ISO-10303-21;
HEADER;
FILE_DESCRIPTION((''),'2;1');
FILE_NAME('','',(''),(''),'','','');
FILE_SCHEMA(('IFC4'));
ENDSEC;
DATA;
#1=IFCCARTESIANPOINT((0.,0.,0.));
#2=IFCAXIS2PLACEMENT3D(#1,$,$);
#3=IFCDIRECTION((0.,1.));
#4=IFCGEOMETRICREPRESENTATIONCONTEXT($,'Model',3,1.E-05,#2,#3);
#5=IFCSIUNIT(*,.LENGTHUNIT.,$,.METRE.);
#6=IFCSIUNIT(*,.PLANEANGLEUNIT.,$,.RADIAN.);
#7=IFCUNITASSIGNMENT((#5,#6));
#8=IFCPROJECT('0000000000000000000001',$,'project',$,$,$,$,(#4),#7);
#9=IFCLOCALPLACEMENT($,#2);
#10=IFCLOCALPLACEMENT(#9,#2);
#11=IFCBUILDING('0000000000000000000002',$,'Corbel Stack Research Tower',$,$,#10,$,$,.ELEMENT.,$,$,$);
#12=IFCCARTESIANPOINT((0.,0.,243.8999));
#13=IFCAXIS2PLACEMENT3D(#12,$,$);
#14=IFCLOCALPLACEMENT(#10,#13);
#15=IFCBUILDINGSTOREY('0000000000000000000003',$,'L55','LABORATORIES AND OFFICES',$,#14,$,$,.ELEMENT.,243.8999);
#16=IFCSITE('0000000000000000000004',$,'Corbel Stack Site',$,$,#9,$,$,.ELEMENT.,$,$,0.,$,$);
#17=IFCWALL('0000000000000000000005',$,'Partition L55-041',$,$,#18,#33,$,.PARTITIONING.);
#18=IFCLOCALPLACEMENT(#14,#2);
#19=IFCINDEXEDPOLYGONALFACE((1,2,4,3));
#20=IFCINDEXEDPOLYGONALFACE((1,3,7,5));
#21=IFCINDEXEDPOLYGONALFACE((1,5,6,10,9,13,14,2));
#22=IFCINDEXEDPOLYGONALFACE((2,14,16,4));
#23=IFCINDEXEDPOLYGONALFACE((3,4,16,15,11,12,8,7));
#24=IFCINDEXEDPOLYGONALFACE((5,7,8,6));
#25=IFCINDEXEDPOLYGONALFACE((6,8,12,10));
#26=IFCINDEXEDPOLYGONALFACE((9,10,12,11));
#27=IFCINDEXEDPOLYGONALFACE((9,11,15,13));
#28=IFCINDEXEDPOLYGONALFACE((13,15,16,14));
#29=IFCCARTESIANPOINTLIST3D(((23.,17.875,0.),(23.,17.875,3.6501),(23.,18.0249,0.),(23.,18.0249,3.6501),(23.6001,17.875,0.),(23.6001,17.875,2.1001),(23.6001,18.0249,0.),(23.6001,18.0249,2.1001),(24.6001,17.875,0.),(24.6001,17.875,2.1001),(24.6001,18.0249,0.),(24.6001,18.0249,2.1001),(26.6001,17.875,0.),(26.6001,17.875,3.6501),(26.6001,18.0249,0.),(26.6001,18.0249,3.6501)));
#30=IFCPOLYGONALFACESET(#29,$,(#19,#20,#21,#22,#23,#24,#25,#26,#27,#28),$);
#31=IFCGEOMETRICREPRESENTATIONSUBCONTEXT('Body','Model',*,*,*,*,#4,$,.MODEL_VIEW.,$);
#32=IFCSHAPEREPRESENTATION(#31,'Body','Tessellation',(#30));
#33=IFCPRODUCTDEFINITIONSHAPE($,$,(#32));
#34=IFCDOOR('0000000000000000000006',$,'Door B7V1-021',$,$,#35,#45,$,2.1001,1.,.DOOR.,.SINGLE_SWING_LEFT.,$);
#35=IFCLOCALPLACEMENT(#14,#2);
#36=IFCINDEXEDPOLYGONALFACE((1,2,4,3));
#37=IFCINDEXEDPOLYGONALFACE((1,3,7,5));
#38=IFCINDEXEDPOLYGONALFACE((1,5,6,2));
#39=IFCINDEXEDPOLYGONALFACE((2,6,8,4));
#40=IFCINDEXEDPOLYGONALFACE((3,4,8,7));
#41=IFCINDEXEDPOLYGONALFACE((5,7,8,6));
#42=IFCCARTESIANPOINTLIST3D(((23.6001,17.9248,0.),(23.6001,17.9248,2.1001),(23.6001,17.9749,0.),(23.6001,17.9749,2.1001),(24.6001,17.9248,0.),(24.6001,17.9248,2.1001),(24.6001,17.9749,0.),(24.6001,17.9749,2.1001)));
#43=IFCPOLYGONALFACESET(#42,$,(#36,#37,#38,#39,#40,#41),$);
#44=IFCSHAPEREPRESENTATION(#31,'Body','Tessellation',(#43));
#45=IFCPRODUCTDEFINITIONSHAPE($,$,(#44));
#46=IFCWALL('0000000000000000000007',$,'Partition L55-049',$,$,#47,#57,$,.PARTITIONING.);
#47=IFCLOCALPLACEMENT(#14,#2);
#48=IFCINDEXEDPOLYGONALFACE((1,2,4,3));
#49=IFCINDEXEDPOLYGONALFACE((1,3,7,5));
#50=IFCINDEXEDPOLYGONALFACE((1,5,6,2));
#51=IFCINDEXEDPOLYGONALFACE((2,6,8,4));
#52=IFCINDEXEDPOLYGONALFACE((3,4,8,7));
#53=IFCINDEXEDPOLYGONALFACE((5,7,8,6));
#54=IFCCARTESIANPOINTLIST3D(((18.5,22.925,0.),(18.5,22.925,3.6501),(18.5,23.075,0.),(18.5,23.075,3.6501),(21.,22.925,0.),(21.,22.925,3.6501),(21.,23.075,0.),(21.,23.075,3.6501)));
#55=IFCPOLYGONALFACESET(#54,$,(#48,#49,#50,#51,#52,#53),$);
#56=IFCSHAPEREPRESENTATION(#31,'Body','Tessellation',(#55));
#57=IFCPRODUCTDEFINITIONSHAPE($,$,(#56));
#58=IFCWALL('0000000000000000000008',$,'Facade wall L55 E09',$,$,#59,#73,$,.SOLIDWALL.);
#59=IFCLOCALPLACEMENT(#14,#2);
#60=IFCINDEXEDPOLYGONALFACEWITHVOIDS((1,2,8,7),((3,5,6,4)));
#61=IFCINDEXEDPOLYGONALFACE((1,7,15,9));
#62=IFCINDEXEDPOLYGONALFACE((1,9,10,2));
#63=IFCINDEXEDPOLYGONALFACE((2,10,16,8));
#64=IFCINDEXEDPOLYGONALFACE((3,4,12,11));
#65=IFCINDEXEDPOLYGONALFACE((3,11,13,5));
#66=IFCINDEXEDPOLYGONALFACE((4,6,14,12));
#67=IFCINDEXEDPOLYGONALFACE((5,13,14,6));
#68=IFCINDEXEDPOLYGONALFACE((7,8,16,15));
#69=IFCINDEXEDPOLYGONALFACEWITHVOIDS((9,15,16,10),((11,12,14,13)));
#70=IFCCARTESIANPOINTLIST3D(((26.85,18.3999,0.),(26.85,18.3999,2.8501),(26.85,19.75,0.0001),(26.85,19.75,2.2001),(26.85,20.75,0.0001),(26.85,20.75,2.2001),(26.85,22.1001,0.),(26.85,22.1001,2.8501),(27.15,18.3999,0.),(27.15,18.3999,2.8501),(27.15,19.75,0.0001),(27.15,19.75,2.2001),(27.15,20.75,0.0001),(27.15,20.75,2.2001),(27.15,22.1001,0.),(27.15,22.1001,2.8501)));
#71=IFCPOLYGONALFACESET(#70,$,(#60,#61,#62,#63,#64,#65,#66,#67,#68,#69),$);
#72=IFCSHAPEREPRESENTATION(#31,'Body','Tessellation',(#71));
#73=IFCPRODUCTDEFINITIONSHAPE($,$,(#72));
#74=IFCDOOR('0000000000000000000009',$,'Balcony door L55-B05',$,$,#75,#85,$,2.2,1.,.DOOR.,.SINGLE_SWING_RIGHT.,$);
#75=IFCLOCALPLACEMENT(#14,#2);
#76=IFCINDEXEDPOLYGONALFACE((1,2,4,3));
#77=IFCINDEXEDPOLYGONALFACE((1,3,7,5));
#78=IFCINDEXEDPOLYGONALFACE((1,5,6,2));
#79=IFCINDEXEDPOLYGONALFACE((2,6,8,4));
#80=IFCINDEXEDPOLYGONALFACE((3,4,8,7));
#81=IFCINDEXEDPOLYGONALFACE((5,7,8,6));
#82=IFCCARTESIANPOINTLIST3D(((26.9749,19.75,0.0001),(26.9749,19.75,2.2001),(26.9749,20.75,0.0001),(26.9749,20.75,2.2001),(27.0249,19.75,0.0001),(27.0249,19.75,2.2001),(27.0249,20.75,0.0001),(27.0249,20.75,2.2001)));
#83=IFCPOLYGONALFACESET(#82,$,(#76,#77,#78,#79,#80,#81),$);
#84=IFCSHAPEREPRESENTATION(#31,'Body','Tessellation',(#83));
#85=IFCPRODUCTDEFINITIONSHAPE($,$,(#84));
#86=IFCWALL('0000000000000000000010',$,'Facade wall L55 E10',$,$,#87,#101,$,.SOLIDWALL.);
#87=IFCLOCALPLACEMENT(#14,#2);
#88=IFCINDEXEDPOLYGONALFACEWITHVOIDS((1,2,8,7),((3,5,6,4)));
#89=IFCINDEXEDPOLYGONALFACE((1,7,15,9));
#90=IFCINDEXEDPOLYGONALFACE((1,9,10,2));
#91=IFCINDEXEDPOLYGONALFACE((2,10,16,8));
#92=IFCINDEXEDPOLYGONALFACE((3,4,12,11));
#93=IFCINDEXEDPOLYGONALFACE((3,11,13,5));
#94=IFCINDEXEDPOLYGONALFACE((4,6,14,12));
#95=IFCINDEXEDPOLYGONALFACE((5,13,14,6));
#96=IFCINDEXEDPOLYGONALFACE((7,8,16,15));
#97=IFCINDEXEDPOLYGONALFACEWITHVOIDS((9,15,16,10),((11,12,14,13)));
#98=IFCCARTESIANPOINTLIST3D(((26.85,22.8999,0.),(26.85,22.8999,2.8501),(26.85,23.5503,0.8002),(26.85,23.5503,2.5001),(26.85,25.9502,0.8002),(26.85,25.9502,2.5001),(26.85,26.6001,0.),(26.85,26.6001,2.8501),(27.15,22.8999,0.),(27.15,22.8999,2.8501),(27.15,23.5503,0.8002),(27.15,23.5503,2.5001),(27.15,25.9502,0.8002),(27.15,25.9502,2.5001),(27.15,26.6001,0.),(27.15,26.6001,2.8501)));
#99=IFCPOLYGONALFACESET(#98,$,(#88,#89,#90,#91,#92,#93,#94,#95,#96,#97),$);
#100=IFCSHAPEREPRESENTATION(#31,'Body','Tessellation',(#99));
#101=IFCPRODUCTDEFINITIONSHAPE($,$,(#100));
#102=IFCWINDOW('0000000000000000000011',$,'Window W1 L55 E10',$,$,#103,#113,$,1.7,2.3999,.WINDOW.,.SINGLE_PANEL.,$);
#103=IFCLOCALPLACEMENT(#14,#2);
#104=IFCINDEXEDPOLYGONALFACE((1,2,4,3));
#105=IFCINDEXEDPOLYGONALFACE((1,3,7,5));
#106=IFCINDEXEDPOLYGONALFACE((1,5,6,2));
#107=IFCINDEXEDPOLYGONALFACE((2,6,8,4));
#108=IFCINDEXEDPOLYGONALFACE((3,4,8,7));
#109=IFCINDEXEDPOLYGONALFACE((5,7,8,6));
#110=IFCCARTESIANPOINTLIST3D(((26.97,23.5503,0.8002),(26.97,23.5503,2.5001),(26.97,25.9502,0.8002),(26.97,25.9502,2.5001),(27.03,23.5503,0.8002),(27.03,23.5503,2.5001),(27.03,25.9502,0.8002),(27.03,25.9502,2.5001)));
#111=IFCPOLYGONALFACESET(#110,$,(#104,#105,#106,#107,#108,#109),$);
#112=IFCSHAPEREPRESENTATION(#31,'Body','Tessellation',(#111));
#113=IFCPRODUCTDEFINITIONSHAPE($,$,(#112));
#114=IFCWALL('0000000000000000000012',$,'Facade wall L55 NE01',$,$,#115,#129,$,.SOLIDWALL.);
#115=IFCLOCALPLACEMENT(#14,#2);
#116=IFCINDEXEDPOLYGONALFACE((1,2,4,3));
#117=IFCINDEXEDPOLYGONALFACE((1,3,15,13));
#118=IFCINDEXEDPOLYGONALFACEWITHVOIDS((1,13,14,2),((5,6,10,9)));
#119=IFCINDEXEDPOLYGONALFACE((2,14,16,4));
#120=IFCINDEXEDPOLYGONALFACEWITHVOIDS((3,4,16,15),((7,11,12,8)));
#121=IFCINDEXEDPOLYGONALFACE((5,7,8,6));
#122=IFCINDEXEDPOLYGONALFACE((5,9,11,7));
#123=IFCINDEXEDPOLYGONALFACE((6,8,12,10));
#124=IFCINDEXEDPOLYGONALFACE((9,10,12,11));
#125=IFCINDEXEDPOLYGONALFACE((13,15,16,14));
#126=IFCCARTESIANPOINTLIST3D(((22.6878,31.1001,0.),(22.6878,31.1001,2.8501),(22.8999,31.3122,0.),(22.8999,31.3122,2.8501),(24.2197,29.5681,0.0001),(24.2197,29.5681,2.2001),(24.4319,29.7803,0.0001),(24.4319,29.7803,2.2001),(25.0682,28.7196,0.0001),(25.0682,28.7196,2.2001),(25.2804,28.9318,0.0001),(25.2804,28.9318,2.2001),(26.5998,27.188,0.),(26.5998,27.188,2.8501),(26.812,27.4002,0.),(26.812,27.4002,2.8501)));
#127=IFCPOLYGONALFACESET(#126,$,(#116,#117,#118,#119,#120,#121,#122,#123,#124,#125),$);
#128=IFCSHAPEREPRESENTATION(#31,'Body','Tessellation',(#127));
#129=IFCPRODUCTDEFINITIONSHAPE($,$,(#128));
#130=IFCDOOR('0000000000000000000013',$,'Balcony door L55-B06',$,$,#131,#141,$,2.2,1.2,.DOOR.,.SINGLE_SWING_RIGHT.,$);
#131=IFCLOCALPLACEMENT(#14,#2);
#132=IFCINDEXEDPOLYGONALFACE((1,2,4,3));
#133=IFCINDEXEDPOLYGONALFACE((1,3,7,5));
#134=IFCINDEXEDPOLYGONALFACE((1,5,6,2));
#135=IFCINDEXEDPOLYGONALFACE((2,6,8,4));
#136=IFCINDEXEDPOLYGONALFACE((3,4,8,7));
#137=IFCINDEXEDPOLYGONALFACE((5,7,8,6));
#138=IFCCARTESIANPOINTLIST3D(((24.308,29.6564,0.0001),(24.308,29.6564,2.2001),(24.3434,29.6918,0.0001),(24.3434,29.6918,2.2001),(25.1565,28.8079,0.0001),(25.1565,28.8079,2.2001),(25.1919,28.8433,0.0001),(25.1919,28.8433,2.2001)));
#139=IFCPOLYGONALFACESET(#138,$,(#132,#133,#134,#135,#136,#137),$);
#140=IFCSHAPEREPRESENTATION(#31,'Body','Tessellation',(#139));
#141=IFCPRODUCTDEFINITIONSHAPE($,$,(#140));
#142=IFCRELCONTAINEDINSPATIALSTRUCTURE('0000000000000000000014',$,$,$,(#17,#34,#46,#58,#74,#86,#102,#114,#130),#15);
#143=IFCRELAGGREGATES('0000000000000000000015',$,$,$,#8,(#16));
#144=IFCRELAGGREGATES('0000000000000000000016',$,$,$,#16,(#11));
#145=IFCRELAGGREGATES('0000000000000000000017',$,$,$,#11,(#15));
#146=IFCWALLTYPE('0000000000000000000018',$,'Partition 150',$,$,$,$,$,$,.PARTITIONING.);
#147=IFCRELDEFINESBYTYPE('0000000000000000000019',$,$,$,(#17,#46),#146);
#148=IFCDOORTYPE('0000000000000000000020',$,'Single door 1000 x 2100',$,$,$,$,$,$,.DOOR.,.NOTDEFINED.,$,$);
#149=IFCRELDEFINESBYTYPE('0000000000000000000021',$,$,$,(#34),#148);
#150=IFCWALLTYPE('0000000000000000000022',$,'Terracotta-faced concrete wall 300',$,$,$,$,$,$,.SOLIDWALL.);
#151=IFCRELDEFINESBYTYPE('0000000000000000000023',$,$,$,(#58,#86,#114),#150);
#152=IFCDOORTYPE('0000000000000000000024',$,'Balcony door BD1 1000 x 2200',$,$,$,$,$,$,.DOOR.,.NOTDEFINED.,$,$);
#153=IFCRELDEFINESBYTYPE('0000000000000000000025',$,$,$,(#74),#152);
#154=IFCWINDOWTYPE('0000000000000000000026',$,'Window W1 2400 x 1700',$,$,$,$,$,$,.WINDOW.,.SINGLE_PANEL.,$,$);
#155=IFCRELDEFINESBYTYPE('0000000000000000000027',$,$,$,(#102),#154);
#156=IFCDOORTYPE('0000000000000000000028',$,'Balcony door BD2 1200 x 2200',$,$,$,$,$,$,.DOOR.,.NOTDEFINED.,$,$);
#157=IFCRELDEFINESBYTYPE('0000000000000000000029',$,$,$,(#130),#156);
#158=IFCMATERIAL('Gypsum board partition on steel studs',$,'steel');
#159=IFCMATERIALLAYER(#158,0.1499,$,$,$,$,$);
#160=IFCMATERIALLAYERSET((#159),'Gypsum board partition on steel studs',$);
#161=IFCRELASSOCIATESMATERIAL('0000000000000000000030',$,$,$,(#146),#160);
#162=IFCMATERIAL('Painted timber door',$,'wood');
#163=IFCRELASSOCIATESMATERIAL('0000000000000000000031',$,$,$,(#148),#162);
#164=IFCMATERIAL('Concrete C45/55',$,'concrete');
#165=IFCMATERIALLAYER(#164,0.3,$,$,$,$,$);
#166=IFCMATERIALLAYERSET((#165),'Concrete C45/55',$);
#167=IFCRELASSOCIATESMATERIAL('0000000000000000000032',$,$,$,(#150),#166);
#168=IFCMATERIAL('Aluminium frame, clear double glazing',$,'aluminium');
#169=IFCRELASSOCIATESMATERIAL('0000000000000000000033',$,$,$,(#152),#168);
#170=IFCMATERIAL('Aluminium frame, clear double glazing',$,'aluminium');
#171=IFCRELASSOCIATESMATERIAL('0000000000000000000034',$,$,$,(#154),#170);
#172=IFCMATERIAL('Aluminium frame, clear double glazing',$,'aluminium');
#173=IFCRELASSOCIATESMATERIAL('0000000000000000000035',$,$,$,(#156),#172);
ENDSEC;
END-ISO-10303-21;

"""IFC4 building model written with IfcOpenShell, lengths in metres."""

from ifc_helpers import new_model, si_unit, direction, frame, frame_2d, origin, place, context, subcontext, project, spatial, rectangle, extrude, material, layer, layer_set, type_object, element, fill, save


model = new_model("IFC4")

# Units and contexts
model_context = context("Model", 3, precision=1e-05, world=origin(), true_north=direction((0.0, 1.0)))
body_context = subcontext(model_context, "Body", "Model", "MODEL_VIEW")
ifc_project = project(units=[si_unit("LENGTHUNIT", "METRE"), si_unit("PLANEANGLEUNIT", "RADIAN")], contexts=[model_context])

# Site, building, storey
site_placement = place(None, origin())
site = spatial("IfcSite", under=ifc_project, at=site_placement, Name="Corbel Stack Site", CompositionType="ELEMENT", RefElevation=0.0)
building_placement = place(site_placement, origin())
building = spatial("IfcBuilding", under=site, at=building_placement, Name="Corbel Stack Research Tower", CompositionType="ELEMENT")
storey_placement = place(building_placement, frame((0.0, 0.0, 243.8999)))
storey = spatial("IfcBuildingStorey", under=building, at=storey_placement, Name="L55", Description="LABORATORIES AND OFFICES", CompositionType="ELEMENT", Elevation=243.8999)

# Wall, opening, door
ifc_material_1 = material(Name="Gypsum board partition on steel studs", Category="steel")
ifc_layer_1 = layer(ifc_material_1, 0.1499)
ifc_layer_set_1 = layer_set([ifc_layer_1], Name="Gypsum board partition on steel studs")
wall_type_1 = type_object("IfcWallType", Name="Partition 150", PredefinedType="PARTITIONING", material=ifc_layer_set_1)
wall_1_placement = place(storey_placement, frame((23.0, 17.95, 0.0), z_axis=(0.0, 0.0, 1.0), x_axis=(1.0, 0.0, 0.0)))
wall_1 = element("IfcWall", 1, at=wall_1_placement, inside=storey, type_object=wall_type_1, Name="Partition L55-041", PredefinedType="PARTITIONING", context=body_context, shape_type="SweptSolid", body=[
    extrude(rectangle(XDim=3.6001, YDim=0.1499, at=frame_2d((1.8, 0.0))), origin(), (0.0, 0.0, 1.0), 3.6501),
])
opening_1_placement = place(wall_1_placement, frame((0.6001, 0.0, 0.0)))
opening_1 = element("IfcOpeningElement", 2, at=opening_1_placement, cuts=wall_1, PredefinedType="OPENING", context=body_context, shape_type="SweptSolid", body=[
    extrude(rectangle(XDim=1.0, YDim=2.1001, at=frame_2d((0.5, 1.05))), frame((0.0, 0.085, 0.0), z_axis=(0.0, -1.0, 0.0), x_axis=(1.0, 0.0, 0.0)), (0.0, 0.0, 1.0), 0.1699),
])
ifc_material_2 = material(Name="Painted timber door", Category="wood")
door_type_1 = type_object("IfcDoorType", Name="Single door 1000 x 2100", OperationType="NOTDEFINED", PredefinedType="DOOR", material=ifc_material_2)
door_1_placement = place(opening_1_placement, origin())
door_1 = element("IfcDoor", 3, at=door_1_placement, inside=storey, type_object=door_type_1, Name="Door B7V1-021", OperationType="SINGLE_SWING_LEFT", OverallHeight=2.1001, OverallWidth=1.0, PredefinedType="DOOR", context=body_context, shape_type="SweptSolid", body=[
    extrude(rectangle(XDim=1.0, YDim=2.1001, at=frame_2d((0.5, 1.05))), frame((0.0, 0.0249, 0.0), z_axis=(0.0, -1.0, 0.0), x_axis=(1.0, 0.0, 0.0)), (0.0, 0.0, 1.0), 0.05),
])
fill(opening_1, door_1)

# Wall
wall_2_placement = place(storey_placement, frame((18.5, 23.0, 0.0), z_axis=(0.0, 0.0, 1.0), x_axis=(1.0, 0.0, 0.0)))
element("IfcWall", 4, at=wall_2_placement, inside=storey, type_object=wall_type_1, Name="Partition L55-049", PredefinedType="PARTITIONING", context=body_context, shape_type="SweptSolid", body=[
    extrude(rectangle(XDim=2.5, YDim=0.1499, at=frame_2d((1.25, 0.0))), origin(), (0.0, 0.0, 1.0), 3.6501),
])

# Wall, opening, door
ifc_material_3 = material(Name="Concrete C45/55", Category="concrete")
ifc_layer_2 = layer(ifc_material_3, 0.3)
ifc_layer_set_2 = layer_set([ifc_layer_2], Name="Concrete C45/55")
wall_type_2 = type_object("IfcWallType", Name="Terracotta-faced concrete wall 300", PredefinedType="SOLIDWALL", material=ifc_layer_set_2)
wall_3_placement = place(storey_placement, frame((27.0, 22.1001, 0.0), z_axis=(0.0, 0.0, 1.0), x_axis=(0.0, -1.0, 0.0)))
wall_3 = element("IfcWall", 5, at=wall_3_placement, inside=storey, type_object=wall_type_2, Name="Facade wall L55 E09", PredefinedType="SOLIDWALL", context=body_context, shape_type="SweptSolid", body=[
    extrude(rectangle(XDim=3.7002, YDim=0.3, at=frame_2d((1.8501, 0.0))), origin(), (0.0, 0.0, 1.0), 2.8501),
])
opening_2_placement = place(wall_3_placement, frame((1.3501, 0.0, 0.0)))
opening_2 = element("IfcOpeningElement", 6, at=opening_2_placement, cuts=wall_3, PredefinedType="OPENING", context=body_context, shape_type="SweptSolid", body=[
    extrude(rectangle(XDim=1.0, YDim=2.2, at=frame_2d((0.5, 1.1001))), frame((0.0, 0.1599, 0.0), z_axis=(0.0, -1.0, 0.0), x_axis=(1.0, 0.0, 0.0)), (0.0, 0.0, 1.0), 0.3201),
])
ifc_material_4 = material(Name="Aluminium frame, clear double glazing", Category="aluminium")
door_type_2 = type_object("IfcDoorType", Name="Balcony door BD1 1000 x 2200", OperationType="NOTDEFINED", PredefinedType="DOOR", material=ifc_material_4)
door_2_placement = place(opening_2_placement, origin())
door_2 = element("IfcDoor", 7, at=door_2_placement, inside=storey, type_object=door_type_2, Name="Balcony door L55-B05", OperationType="SINGLE_SWING_RIGHT", OverallHeight=2.2, OverallWidth=1.0, PredefinedType="DOOR", context=body_context, shape_type="SweptSolid", body=[
    extrude(rectangle(XDim=1.0, YDim=2.2, at=frame_2d((0.5, 1.1001))), frame((0.0, 0.0249, 0.0), z_axis=(0.0, -1.0, 0.0), x_axis=(1.0, 0.0, 0.0)), (0.0, 0.0, 1.0), 0.05),
])
fill(opening_2, door_2)

# Wall, opening, window
wall_4_placement = place(storey_placement, frame((27.0, 26.6001, 0.0), z_axis=(0.0, 0.0, 1.0), x_axis=(0.0, -1.0, 0.0)))
wall_4 = element("IfcWall", 8, at=wall_4_placement, inside=storey, type_object=wall_type_2, Name="Facade wall L55 E10", PredefinedType="SOLIDWALL", context=body_context, shape_type="SweptSolid", body=[
    extrude(rectangle(XDim=3.7002, YDim=0.3, at=frame_2d((1.8501, 0.0))), origin(), (0.0, 0.0, 1.0), 2.8501),
])
opening_3_placement = place(wall_4_placement, frame((0.6499, 0.0, 0.8)))
opening_3 = element("IfcOpeningElement", 9, at=opening_3_placement, cuts=wall_4, PredefinedType="OPENING", context=body_context, shape_type="SweptSolid", body=[
    extrude(rectangle(XDim=2.3999, YDim=1.7, at=frame_2d((1.2, 0.8501))), frame((0.0, 0.1599, 0.0), z_axis=(0.0, -1.0, 0.0), x_axis=(1.0, 0.0, 0.0)), (0.0, 0.0, 1.0), 0.3201),
])
ifc_material_5 = material(Name="Aluminium frame, clear double glazing", Category="aluminium")
window_type_1 = type_object("IfcWindowType", Name="Window W1 2400 x 1700", PartitioningType="SINGLE_PANEL", PredefinedType="WINDOW", material=ifc_material_5)
window_1_placement = place(opening_3_placement, origin())
window_1 = element("IfcWindow", 10, at=window_1_placement, inside=storey, type_object=window_type_1, Name="Window W1 L55 E10", OverallHeight=1.7, OverallWidth=2.3999, PartitioningType="SINGLE_PANEL", PredefinedType="WINDOW", context=body_context, shape_type="SweptSolid", body=[
    extrude(rectangle(XDim=2.3999, YDim=1.7, at=frame_2d((1.2, 0.8501))), frame((0.0, 0.03, 0.0), z_axis=(0.0, -1.0, 0.0), x_axis=(1.0, 0.0, 0.0)), (0.0, 0.0, 1.0), 0.0601),
])
fill(opening_3, window_1)

# Wall, opening, door
wall_5_placement = place(storey_placement, frame((22.7939, 31.2061, 0.0), z_axis=(0.0, 0.0, 1.0), x_axis=(0.707107, -0.707107, 0.0)))
wall_5 = element("IfcWall", 11, at=wall_5_placement, inside=storey, type_object=wall_type_2, Name="Facade wall L55 NE01", PredefinedType="SOLIDWALL", context=body_context, shape_type="SweptSolid", body=[
    extrude(rectangle(XDim=5.5325, YDim=0.3, at=frame_2d((2.7661, 0.0))), origin(), (0.0, 0.0, 1.0), 2.8501),
])
opening_4_placement = place(wall_5_placement, frame((2.1663, 0.0, 0.0)))
opening_4 = element("IfcOpeningElement", 12, at=opening_4_placement, cuts=wall_5, PredefinedType="OPENING", context=body_context, shape_type="SweptSolid", body=[
    extrude(rectangle(XDim=1.2, YDim=2.2, at=frame_2d((0.6001, 1.1001))), frame((0.0, 0.1599, 0.0), z_axis=(0.0, -1.0, 0.0), x_axis=(1.0, 0.0, 0.0)), (0.0, 0.0, 1.0), 0.3201),
])
ifc_material_6 = material(Name="Aluminium frame, clear double glazing", Category="aluminium")
door_type_3 = type_object("IfcDoorType", Name="Balcony door BD2 1200 x 2200", OperationType="NOTDEFINED", PredefinedType="DOOR", material=ifc_material_6)
door_3_placement = place(opening_4_placement, origin())
door_3 = element("IfcDoor", 13, at=door_3_placement, inside=storey, type_object=door_type_3, Name="Balcony door L55-B06", OperationType="SINGLE_SWING_RIGHT", OverallHeight=2.2, OverallWidth=1.2, PredefinedType="DOOR", context=body_context, shape_type="SweptSolid", body=[
    extrude(rectangle(XDim=1.2, YDim=2.2, at=frame_2d((0.6001, 1.1001))), frame((0.0, 0.0249, 0.0), z_axis=(0.0, -1.0, 0.0), x_axis=(1.0, 0.0, 0.0)), (0.0, 0.0, 1.0), 0.05),
])
fill(opening_4, door_3)

save(model, "model.ifc")
